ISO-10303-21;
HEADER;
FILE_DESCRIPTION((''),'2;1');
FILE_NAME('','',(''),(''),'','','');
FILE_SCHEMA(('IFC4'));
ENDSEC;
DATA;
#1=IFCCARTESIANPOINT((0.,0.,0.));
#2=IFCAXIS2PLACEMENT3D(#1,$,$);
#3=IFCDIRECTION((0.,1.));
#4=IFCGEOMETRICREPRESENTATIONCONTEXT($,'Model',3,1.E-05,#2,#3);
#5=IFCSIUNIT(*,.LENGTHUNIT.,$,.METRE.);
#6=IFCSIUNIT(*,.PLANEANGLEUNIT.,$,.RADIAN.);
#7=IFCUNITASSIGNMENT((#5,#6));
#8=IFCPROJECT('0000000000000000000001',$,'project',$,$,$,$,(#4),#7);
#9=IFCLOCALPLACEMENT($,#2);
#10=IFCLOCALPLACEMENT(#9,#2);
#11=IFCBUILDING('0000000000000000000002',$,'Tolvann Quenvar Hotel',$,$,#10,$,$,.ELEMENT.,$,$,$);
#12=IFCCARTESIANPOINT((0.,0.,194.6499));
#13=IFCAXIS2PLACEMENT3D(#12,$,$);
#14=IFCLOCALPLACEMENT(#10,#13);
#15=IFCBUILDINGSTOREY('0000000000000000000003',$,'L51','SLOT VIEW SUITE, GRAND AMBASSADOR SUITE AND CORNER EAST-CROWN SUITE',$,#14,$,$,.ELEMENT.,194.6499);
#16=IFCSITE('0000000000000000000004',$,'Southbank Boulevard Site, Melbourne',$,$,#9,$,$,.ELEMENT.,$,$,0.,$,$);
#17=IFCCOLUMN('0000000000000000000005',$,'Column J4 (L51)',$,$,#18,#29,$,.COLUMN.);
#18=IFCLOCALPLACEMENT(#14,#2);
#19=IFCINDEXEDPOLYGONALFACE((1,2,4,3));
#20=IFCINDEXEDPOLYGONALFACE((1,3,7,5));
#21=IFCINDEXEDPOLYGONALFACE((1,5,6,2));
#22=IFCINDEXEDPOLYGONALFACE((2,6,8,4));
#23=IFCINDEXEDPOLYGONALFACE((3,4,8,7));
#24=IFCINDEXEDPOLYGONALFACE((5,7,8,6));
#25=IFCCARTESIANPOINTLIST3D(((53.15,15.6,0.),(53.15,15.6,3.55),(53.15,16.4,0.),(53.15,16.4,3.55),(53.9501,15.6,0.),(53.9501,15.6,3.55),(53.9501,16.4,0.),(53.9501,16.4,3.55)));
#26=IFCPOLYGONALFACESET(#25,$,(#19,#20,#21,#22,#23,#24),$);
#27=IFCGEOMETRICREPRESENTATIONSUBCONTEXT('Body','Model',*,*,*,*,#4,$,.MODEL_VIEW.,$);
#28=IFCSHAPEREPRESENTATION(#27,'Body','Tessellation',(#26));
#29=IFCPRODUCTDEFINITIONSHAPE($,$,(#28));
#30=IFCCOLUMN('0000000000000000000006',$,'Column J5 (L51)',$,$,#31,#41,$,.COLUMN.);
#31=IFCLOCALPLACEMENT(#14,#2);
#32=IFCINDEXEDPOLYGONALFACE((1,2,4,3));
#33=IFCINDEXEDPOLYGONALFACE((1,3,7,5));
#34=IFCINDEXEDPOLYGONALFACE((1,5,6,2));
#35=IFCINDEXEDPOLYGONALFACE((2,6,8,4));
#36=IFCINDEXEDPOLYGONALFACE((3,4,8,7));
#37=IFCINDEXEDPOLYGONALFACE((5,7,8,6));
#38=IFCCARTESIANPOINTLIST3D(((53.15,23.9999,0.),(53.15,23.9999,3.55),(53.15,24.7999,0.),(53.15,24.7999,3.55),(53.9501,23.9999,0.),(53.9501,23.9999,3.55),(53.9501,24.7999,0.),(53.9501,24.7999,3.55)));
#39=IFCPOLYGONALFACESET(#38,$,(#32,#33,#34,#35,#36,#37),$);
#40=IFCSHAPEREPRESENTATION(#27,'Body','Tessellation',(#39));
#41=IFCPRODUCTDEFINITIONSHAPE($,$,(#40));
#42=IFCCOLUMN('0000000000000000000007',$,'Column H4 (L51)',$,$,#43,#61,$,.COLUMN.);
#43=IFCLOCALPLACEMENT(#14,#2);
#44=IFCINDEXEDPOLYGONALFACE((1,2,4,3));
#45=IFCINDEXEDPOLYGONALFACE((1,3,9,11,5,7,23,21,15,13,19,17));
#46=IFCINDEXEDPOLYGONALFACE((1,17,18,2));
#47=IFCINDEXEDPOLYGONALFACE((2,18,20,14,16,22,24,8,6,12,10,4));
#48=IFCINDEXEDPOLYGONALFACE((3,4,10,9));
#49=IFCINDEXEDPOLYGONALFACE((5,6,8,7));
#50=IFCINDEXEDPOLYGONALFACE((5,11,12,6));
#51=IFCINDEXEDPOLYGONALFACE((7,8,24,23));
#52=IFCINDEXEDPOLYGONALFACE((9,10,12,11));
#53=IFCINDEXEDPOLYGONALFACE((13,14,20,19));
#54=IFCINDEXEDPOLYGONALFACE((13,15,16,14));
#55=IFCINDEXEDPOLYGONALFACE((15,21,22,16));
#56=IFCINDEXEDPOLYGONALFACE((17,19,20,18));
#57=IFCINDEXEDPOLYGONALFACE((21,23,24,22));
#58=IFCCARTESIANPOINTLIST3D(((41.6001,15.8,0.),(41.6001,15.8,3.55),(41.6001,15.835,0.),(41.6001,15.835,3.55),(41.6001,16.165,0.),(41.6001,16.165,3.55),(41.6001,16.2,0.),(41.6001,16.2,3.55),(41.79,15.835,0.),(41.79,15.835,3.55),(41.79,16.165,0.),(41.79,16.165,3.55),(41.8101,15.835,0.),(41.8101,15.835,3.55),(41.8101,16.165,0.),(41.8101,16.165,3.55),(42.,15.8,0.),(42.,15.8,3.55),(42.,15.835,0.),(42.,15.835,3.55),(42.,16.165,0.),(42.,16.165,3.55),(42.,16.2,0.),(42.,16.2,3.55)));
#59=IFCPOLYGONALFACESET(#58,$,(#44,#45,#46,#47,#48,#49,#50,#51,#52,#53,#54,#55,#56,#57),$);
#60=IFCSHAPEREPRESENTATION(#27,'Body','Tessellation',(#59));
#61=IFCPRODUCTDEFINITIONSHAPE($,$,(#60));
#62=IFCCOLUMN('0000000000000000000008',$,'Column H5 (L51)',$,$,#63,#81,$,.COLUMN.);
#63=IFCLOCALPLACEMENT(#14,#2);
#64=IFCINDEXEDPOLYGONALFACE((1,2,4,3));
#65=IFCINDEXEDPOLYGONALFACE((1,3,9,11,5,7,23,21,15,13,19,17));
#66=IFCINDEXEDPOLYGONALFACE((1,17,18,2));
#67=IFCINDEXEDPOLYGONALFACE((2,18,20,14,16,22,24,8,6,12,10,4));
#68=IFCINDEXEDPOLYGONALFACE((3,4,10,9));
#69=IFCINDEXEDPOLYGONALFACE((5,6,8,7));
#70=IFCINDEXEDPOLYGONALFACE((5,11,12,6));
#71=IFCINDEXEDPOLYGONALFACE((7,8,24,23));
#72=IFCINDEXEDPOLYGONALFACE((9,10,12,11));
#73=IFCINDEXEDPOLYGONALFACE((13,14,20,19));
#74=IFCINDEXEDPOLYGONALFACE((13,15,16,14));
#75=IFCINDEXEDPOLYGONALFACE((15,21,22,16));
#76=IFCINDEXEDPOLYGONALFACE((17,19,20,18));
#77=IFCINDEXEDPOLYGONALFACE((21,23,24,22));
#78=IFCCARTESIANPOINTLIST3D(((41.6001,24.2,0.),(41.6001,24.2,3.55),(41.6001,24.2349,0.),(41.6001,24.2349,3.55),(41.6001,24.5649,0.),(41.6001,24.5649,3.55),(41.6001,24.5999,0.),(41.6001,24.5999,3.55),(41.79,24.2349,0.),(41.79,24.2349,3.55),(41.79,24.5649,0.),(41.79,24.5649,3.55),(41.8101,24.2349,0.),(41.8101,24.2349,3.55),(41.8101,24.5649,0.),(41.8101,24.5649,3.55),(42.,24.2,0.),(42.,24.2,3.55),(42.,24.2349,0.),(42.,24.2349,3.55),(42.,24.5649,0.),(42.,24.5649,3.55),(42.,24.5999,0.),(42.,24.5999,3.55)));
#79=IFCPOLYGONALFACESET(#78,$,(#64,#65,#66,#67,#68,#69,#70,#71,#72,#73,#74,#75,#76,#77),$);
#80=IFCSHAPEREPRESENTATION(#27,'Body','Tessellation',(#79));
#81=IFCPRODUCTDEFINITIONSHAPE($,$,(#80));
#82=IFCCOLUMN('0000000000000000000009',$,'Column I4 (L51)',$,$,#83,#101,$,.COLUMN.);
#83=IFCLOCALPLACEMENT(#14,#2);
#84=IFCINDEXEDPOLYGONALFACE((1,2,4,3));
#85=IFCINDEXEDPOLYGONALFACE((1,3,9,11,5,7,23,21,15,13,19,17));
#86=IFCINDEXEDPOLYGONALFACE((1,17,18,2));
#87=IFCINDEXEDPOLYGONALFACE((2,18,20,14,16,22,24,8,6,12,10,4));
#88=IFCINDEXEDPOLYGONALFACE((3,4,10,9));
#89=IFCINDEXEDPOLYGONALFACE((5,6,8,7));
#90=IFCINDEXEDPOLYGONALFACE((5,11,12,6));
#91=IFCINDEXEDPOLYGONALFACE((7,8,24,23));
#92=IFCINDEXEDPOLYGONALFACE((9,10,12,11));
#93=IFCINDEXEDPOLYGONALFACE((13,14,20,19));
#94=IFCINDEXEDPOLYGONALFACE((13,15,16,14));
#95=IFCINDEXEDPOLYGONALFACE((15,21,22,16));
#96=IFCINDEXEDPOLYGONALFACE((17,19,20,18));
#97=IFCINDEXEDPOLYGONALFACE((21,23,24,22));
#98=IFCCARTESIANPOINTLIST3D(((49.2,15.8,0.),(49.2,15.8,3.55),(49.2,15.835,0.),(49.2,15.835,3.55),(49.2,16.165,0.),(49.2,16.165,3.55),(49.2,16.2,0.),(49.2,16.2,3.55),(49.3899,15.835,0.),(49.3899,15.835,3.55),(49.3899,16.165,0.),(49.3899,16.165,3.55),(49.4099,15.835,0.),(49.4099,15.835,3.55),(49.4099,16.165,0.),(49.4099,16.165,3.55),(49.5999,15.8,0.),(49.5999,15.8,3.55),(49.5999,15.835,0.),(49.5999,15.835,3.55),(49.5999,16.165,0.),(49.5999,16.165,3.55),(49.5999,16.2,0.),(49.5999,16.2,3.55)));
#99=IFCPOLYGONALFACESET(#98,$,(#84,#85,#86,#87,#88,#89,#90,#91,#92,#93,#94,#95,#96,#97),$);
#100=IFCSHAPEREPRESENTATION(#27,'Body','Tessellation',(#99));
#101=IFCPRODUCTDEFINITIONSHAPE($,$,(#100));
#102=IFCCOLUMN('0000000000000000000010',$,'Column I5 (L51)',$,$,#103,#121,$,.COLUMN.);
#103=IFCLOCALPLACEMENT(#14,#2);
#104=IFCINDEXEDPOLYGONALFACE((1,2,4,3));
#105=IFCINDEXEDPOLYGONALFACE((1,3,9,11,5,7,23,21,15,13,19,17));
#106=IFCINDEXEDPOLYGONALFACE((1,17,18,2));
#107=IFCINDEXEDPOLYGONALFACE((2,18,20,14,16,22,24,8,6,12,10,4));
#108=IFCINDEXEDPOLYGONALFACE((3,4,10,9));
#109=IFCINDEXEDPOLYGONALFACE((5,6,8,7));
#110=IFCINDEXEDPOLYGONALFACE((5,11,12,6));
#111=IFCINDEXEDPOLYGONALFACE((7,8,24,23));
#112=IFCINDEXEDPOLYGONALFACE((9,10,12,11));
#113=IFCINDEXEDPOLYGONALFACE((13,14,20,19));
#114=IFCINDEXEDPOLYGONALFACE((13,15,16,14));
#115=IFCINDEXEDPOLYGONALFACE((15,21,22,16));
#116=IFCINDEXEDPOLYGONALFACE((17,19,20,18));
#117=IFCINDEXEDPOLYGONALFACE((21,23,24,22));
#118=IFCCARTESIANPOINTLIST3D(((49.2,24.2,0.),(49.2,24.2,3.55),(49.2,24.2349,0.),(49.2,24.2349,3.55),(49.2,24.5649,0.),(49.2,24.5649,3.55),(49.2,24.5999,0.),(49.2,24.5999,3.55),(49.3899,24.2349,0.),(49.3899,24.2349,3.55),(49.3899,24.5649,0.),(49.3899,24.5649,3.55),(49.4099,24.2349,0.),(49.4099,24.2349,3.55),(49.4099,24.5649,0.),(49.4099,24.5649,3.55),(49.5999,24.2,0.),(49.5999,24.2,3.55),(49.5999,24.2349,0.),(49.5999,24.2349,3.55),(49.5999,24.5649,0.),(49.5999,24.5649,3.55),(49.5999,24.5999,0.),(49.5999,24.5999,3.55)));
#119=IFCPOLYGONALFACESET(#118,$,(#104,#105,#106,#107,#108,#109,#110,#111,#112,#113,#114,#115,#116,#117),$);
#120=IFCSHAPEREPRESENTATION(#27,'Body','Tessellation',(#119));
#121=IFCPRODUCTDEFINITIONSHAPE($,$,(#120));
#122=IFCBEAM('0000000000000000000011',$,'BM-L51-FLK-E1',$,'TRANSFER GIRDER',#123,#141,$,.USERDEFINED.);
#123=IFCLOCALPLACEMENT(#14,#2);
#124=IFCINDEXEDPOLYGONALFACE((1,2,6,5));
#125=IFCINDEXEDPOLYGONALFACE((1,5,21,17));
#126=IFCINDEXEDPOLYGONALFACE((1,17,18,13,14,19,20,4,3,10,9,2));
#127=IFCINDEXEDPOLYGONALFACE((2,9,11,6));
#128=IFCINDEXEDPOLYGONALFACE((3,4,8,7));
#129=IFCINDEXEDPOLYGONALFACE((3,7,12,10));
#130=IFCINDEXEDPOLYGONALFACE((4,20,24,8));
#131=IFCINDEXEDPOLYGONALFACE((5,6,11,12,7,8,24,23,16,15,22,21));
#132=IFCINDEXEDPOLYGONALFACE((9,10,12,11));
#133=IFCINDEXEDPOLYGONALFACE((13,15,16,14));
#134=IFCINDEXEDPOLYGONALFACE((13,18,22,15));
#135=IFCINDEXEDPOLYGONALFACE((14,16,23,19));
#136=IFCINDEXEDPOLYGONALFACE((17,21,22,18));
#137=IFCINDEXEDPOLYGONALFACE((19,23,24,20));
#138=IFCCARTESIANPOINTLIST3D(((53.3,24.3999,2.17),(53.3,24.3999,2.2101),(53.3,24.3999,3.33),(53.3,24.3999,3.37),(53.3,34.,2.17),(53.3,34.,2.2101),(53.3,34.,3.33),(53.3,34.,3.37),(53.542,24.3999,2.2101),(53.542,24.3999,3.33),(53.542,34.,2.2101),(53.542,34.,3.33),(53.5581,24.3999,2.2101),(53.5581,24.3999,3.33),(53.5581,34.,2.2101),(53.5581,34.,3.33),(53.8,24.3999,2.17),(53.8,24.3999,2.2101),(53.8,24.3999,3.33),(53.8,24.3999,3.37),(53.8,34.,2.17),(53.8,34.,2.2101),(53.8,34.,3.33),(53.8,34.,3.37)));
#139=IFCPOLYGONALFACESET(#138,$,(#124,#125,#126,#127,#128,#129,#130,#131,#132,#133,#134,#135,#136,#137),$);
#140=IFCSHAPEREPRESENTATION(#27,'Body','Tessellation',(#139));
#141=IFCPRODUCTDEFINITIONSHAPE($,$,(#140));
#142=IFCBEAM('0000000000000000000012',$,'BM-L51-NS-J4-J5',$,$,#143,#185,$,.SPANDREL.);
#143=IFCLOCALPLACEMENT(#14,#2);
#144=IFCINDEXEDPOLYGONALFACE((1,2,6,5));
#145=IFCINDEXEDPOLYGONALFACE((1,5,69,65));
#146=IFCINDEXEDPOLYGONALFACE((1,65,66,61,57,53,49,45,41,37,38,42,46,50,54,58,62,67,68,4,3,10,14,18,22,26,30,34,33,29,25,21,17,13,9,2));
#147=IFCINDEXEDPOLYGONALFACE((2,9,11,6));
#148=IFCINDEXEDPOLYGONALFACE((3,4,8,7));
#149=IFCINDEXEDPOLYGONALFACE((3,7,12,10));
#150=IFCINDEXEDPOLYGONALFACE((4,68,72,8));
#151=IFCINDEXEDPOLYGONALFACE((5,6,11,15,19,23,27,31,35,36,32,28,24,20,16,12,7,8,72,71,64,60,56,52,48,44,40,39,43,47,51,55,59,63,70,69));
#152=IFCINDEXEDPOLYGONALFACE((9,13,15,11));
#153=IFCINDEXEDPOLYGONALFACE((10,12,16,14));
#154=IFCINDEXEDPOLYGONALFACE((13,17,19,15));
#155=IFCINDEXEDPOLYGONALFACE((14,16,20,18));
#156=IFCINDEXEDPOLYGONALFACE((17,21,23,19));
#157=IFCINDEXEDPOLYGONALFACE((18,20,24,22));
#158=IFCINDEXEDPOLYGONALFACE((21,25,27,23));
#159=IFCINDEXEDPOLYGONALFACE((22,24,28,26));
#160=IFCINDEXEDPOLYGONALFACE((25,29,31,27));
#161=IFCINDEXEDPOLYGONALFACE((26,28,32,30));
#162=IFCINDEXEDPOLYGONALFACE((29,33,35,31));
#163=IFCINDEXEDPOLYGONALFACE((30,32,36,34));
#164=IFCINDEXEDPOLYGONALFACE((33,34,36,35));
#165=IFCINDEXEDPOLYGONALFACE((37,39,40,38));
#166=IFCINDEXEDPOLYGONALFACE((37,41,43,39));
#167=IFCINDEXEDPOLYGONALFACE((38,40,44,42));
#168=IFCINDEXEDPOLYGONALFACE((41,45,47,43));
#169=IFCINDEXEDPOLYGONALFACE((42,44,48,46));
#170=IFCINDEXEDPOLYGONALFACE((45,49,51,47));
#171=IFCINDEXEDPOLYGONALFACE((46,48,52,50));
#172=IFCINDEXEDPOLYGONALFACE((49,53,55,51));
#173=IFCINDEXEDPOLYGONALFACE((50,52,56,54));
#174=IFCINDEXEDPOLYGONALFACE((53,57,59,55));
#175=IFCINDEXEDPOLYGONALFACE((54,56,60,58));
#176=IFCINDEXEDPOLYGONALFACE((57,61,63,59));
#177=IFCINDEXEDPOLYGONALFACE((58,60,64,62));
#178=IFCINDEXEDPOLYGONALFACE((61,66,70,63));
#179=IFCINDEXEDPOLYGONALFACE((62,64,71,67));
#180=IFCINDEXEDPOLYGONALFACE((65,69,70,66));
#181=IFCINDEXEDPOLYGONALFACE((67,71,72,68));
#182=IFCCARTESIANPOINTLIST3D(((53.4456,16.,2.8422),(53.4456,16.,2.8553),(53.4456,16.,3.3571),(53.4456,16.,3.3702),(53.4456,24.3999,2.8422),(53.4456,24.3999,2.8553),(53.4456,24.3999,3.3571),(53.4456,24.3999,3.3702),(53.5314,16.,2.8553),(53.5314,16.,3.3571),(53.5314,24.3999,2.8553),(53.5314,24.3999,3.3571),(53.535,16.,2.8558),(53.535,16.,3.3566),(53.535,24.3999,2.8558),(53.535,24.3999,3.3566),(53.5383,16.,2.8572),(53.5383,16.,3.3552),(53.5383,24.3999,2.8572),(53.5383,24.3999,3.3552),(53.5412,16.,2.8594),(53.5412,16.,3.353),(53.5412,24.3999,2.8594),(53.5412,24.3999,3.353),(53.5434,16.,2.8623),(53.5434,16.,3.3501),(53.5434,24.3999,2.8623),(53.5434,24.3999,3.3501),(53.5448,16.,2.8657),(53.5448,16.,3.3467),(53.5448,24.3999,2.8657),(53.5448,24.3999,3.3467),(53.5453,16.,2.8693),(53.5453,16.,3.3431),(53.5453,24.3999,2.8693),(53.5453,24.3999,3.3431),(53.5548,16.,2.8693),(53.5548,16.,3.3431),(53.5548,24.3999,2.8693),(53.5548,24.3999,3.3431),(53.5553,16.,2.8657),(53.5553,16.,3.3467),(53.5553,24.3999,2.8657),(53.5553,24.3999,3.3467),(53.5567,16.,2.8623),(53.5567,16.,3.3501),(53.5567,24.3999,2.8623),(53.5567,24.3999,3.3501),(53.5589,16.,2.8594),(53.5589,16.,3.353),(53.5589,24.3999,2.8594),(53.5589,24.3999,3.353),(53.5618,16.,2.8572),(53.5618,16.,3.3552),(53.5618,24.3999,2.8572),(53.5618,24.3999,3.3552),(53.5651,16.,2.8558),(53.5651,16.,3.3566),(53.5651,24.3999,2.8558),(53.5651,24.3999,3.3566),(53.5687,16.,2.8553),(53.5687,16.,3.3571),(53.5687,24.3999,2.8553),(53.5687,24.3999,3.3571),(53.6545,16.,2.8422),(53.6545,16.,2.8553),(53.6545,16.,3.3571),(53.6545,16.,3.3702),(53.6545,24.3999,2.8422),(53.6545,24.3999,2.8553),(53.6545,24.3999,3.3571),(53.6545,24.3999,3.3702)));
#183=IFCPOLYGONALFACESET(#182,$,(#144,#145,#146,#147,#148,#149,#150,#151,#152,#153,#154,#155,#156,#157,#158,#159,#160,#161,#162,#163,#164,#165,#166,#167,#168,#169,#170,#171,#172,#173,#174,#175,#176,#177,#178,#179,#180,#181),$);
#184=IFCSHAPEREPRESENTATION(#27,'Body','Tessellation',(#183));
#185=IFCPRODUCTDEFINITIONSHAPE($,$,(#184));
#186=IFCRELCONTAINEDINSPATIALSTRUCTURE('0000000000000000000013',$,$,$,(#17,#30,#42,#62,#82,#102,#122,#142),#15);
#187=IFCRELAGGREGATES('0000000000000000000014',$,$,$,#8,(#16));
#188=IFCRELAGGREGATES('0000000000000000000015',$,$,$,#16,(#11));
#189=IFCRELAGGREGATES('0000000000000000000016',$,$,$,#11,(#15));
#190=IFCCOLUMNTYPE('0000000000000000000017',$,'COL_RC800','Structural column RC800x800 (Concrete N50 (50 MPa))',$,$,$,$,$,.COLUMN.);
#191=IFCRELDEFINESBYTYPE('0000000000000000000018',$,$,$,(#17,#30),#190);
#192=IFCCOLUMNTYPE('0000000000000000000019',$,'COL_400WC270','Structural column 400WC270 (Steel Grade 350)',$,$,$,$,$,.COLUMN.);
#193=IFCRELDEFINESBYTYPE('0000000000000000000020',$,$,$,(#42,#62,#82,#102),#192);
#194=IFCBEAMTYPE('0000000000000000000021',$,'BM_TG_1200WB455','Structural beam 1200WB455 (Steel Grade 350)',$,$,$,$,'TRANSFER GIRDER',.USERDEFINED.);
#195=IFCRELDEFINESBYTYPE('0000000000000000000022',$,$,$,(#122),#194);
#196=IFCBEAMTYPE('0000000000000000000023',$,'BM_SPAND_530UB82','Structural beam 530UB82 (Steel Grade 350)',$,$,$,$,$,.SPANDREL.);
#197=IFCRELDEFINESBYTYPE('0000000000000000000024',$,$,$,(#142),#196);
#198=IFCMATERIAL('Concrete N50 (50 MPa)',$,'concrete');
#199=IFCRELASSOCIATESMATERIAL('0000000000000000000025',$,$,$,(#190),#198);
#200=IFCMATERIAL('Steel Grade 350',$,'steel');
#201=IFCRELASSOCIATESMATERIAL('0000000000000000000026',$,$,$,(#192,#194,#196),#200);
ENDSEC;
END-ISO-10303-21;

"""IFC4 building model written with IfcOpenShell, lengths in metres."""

from ifc_helpers import new_model, si_unit, direction, frame, origin, origin_2d, place, context, subcontext, project, spatial, rectangle, i_section, extrude, source, transform, mapped, material, material_profile, profile_set, type_object, type_shapes, element, save


model = new_model("IFC4")

# Units and contexts
model_context = context("Model", 3, precision=1e-05, world=origin(), true_north=direction((0.0, 1.0)))
body_context = subcontext(model_context, "Body", "Model", "MODEL_VIEW")
ifc_project = project(units=[si_unit("LENGTHUNIT", "METRE"), si_unit("PLANEANGLEUNIT", "RADIAN")], contexts=[model_context])

# Site, building, storey
site_placement = place(None, origin())
site = spatial("IfcSite", under=ifc_project, at=site_placement, Name="Southbank Boulevard Site, Melbourne", CompositionType="ELEMENT", RefElevation=0.0)
building_placement = place(site_placement, origin())
building = spatial("IfcBuilding", under=site, at=building_placement, Name="Tolvann Quenvar Hotel", CompositionType="ELEMENT")
storey_placement = place(building_placement, frame((0.0, 0.0, 194.6499)))
storey = spatial("IfcBuildingStorey", under=building, at=storey_placement, Name="L51", Description="SLOT VIEW SUITE, GRAND AMBASSADOR SUITE AND CORNER EAST-CROWN SUITE", CompositionType="ELEMENT", Elevation=194.6499)

# Columns
ifc_material_1 = material(Name="Concrete N50 (50 MPa)", Category="concrete")
ifc_material_profile_1 = material_profile(ifc_material_1, rectangle(XDim=0.8, YDim=0.8, at=origin_2d()), Name="RC800x800")
ifc_profile_set_1 = profile_set([ifc_material_profile_1], Name="Concrete N50 (50 MPa)")
column_type_1 = type_object("IfcColumnType", Name="COL_RC800", Description="Structural column RC800x800 (Concrete N50 (50 MPa))", PredefinedType="COLUMN", material=ifc_profile_set_1)
shared_shape_1 = source(origin(), body_context, "Body", "SweptSolid", [
    extrude(rectangle(XDim=0.8, YDim=0.8, at=origin_2d()), origin(), (0.0, 0.0, 1.0), 3.55),
])
type_shapes(column_type_1, [shared_shape_1])
for number, where, z_axis, x_axis, name in (
    (1, (53.55, 16.0, 0.0), (0.0, 0.0, 1.0), (1.0, 0.0, 0.0), "Column J4 (L51)"),
    (2, (53.55, 24.3999, 0.0), (0.0, 0.0, 1.0), (1.0, 0.0, 0.0), "Column J5 (L51)"),
):
    element("IfcColumn", number, at=place(storey_placement, frame(where, z_axis=z_axis, x_axis=x_axis)), inside=storey, type_object=column_type_1, Name=name, PredefinedType="COLUMN", context=body_context, shape_type="MappedRepresentation", body=[
        mapped(shared_shape_1, transform((0.0, 0.0, 0.0), x_axis=(1.0, 0.0, 0.0), y_axis=(0.0, 1.0, 0.0), z_axis=(0.0, 0.0, 1.0), scale=1.0)),
    ])
ifc_material_2 = material(Name="Steel Grade 350", Category="steel")
ifc_material_profile_2 = material_profile(ifc_material_2, i_section(OverallWidth=0.3999, OverallDepth=0.3999, WebThickness=0.02, FlangeThickness=0.0349, at=origin_2d()), Name="400WC270")
ifc_profile_set_2 = profile_set([ifc_material_profile_2], Name="Steel Grade 350")
column_type_2 = type_object("IfcColumnType", Name="COL_400WC270", Description="Structural column 400WC270 (Steel Grade 350)", PredefinedType="COLUMN", material=ifc_profile_set_2)
shared_shape_2 = source(origin(), body_context, "Body", "SweptSolid", [
    extrude(i_section(OverallWidth=0.3999, OverallDepth=0.3999, WebThickness=0.02, FlangeThickness=0.0349, at=origin_2d()), origin(), (0.0, 0.0, 1.0), 3.55),
])
type_shapes(column_type_2, [shared_shape_2])
for number, where, z_axis, x_axis, name in (
    (3, (41.8, 16.0, 0.0), (0.0, 0.0, 1.0), (1.0, 0.0, 0.0), "Column H4 (L51)"),
    (4, (41.8, 24.3999, 0.0), (0.0, 0.0, 1.0), (1.0, 0.0, 0.0), "Column H5 (L51)"),
    (5, (49.3999, 16.0, 0.0), (0.0, 0.0, 1.0), (1.0, 0.0, 0.0), "Column I4 (L51)"),
    (6, (49.3999, 24.3999, 0.0), (0.0, 0.0, 1.0), (1.0, 0.0, 0.0), "Column I5 (L51)"),
):
    element("IfcColumn", number, at=place(storey_placement, frame(where, z_axis=z_axis, x_axis=x_axis)), inside=storey, type_object=column_type_2, Name=name, PredefinedType="COLUMN", context=body_context, shape_type="MappedRepresentation", body=[
        mapped(shared_shape_2, transform((0.0, 0.0, 0.0), x_axis=(1.0, 0.0, 0.0), y_axis=(0.0, 1.0, 0.0), z_axis=(0.0, 0.0, 1.0), scale=1.0)),
    ])

# Beams
ifc_material_profile_3 = material_profile(ifc_material_2, i_section(OverallWidth=0.5, OverallDepth=1.2, WebThickness=0.0161, FlangeThickness=0.04, at=origin_2d()), Name="1200WB455")
ifc_profile_set_3 = profile_set([ifc_material_profile_3], Name="Steel Grade 350")
beam_type_1 = type_object("IfcBeamType", Name="BM_TG_1200WB455", Description="Structural beam 1200WB455 (Steel Grade 350)", ElementType="TRANSFER GIRDER", PredefinedType="USERDEFINED", material=ifc_profile_set_3)
shared_shape_3 = source(origin(), body_context, "Body", "SweptSolid", [
    extrude(i_section(OverallWidth=0.5, OverallDepth=1.2, WebThickness=0.0161, FlangeThickness=0.04, at=origin_2d()), origin(), (0.0, 0.0, 1.0), 9.6001),
])
beam_1_placement = place(storey_placement, frame((53.55, 24.3999, 2.77), z_axis=(0.0, 1.0, 0.0), x_axis=(-1.0, 0.0, 0.0)))
element("IfcBeam", 7, at=beam_1_placement, inside=storey, type_object=beam_type_1, Name="BM-L51-FLK-E1", ObjectType="TRANSFER GIRDER", PredefinedType="USERDEFINED", context=body_context, shape_type="MappedRepresentation", body=[
    mapped(shared_shape_3, transform((0.0, 0.0, 0.0), x_axis=(1.0, 0.0, 0.0), y_axis=(0.0, 1.0, 0.0), z_axis=(0.0, 0.0, 1.0), scale=1.0)),
])
ifc_material_profile_4 = material_profile(ifc_material_2, i_section(OverallWidth=0.209, OverallDepth=0.5281, WebThickness=0.0095, FlangeThickness=0.0132, FilletRadius=0.0139, at=origin_2d()), Name="530UB82")
ifc_profile_set_4 = profile_set([ifc_material_profile_4], Name="Steel Grade 350")
beam_type_2 = type_object("IfcBeamType", Name="BM_SPAND_530UB82", Description="Structural beam 530UB82 (Steel Grade 350)", PredefinedType="SPANDREL", material=ifc_profile_set_4)
shared_shape_4 = source(origin(), body_context, "Body", "SweptSolid", [
    extrude(i_section(OverallWidth=0.209, OverallDepth=0.5281, WebThickness=0.0095, FlangeThickness=0.0132, FilletRadius=0.0139, at=origin_2d()), origin(), (0.0, 0.0, 1.0), 8.3999),
])
type_shapes(beam_type_2, [shared_shape_4])
beam_2_placement = place(storey_placement, frame((53.55, 16.0, 3.1062), z_axis=(0.0, 1.0, 0.0), x_axis=(-1.0, 0.0, 0.0)))
element("IfcBeam", 8, at=beam_2_placement, inside=storey, type_object=beam_type_2, Name="BM-L51-NS-J4-J5", PredefinedType="SPANDREL", context=body_context, shape_type="MappedRepresentation", body=[
    mapped(shared_shape_4, transform((0.0, 0.0, 0.0), x_axis=(1.0, 0.0, 0.0), y_axis=(0.0, 1.0, 0.0), z_axis=(0.0, 0.0, 1.0), scale=1.0)),
])

save(model, "model.ifc")
